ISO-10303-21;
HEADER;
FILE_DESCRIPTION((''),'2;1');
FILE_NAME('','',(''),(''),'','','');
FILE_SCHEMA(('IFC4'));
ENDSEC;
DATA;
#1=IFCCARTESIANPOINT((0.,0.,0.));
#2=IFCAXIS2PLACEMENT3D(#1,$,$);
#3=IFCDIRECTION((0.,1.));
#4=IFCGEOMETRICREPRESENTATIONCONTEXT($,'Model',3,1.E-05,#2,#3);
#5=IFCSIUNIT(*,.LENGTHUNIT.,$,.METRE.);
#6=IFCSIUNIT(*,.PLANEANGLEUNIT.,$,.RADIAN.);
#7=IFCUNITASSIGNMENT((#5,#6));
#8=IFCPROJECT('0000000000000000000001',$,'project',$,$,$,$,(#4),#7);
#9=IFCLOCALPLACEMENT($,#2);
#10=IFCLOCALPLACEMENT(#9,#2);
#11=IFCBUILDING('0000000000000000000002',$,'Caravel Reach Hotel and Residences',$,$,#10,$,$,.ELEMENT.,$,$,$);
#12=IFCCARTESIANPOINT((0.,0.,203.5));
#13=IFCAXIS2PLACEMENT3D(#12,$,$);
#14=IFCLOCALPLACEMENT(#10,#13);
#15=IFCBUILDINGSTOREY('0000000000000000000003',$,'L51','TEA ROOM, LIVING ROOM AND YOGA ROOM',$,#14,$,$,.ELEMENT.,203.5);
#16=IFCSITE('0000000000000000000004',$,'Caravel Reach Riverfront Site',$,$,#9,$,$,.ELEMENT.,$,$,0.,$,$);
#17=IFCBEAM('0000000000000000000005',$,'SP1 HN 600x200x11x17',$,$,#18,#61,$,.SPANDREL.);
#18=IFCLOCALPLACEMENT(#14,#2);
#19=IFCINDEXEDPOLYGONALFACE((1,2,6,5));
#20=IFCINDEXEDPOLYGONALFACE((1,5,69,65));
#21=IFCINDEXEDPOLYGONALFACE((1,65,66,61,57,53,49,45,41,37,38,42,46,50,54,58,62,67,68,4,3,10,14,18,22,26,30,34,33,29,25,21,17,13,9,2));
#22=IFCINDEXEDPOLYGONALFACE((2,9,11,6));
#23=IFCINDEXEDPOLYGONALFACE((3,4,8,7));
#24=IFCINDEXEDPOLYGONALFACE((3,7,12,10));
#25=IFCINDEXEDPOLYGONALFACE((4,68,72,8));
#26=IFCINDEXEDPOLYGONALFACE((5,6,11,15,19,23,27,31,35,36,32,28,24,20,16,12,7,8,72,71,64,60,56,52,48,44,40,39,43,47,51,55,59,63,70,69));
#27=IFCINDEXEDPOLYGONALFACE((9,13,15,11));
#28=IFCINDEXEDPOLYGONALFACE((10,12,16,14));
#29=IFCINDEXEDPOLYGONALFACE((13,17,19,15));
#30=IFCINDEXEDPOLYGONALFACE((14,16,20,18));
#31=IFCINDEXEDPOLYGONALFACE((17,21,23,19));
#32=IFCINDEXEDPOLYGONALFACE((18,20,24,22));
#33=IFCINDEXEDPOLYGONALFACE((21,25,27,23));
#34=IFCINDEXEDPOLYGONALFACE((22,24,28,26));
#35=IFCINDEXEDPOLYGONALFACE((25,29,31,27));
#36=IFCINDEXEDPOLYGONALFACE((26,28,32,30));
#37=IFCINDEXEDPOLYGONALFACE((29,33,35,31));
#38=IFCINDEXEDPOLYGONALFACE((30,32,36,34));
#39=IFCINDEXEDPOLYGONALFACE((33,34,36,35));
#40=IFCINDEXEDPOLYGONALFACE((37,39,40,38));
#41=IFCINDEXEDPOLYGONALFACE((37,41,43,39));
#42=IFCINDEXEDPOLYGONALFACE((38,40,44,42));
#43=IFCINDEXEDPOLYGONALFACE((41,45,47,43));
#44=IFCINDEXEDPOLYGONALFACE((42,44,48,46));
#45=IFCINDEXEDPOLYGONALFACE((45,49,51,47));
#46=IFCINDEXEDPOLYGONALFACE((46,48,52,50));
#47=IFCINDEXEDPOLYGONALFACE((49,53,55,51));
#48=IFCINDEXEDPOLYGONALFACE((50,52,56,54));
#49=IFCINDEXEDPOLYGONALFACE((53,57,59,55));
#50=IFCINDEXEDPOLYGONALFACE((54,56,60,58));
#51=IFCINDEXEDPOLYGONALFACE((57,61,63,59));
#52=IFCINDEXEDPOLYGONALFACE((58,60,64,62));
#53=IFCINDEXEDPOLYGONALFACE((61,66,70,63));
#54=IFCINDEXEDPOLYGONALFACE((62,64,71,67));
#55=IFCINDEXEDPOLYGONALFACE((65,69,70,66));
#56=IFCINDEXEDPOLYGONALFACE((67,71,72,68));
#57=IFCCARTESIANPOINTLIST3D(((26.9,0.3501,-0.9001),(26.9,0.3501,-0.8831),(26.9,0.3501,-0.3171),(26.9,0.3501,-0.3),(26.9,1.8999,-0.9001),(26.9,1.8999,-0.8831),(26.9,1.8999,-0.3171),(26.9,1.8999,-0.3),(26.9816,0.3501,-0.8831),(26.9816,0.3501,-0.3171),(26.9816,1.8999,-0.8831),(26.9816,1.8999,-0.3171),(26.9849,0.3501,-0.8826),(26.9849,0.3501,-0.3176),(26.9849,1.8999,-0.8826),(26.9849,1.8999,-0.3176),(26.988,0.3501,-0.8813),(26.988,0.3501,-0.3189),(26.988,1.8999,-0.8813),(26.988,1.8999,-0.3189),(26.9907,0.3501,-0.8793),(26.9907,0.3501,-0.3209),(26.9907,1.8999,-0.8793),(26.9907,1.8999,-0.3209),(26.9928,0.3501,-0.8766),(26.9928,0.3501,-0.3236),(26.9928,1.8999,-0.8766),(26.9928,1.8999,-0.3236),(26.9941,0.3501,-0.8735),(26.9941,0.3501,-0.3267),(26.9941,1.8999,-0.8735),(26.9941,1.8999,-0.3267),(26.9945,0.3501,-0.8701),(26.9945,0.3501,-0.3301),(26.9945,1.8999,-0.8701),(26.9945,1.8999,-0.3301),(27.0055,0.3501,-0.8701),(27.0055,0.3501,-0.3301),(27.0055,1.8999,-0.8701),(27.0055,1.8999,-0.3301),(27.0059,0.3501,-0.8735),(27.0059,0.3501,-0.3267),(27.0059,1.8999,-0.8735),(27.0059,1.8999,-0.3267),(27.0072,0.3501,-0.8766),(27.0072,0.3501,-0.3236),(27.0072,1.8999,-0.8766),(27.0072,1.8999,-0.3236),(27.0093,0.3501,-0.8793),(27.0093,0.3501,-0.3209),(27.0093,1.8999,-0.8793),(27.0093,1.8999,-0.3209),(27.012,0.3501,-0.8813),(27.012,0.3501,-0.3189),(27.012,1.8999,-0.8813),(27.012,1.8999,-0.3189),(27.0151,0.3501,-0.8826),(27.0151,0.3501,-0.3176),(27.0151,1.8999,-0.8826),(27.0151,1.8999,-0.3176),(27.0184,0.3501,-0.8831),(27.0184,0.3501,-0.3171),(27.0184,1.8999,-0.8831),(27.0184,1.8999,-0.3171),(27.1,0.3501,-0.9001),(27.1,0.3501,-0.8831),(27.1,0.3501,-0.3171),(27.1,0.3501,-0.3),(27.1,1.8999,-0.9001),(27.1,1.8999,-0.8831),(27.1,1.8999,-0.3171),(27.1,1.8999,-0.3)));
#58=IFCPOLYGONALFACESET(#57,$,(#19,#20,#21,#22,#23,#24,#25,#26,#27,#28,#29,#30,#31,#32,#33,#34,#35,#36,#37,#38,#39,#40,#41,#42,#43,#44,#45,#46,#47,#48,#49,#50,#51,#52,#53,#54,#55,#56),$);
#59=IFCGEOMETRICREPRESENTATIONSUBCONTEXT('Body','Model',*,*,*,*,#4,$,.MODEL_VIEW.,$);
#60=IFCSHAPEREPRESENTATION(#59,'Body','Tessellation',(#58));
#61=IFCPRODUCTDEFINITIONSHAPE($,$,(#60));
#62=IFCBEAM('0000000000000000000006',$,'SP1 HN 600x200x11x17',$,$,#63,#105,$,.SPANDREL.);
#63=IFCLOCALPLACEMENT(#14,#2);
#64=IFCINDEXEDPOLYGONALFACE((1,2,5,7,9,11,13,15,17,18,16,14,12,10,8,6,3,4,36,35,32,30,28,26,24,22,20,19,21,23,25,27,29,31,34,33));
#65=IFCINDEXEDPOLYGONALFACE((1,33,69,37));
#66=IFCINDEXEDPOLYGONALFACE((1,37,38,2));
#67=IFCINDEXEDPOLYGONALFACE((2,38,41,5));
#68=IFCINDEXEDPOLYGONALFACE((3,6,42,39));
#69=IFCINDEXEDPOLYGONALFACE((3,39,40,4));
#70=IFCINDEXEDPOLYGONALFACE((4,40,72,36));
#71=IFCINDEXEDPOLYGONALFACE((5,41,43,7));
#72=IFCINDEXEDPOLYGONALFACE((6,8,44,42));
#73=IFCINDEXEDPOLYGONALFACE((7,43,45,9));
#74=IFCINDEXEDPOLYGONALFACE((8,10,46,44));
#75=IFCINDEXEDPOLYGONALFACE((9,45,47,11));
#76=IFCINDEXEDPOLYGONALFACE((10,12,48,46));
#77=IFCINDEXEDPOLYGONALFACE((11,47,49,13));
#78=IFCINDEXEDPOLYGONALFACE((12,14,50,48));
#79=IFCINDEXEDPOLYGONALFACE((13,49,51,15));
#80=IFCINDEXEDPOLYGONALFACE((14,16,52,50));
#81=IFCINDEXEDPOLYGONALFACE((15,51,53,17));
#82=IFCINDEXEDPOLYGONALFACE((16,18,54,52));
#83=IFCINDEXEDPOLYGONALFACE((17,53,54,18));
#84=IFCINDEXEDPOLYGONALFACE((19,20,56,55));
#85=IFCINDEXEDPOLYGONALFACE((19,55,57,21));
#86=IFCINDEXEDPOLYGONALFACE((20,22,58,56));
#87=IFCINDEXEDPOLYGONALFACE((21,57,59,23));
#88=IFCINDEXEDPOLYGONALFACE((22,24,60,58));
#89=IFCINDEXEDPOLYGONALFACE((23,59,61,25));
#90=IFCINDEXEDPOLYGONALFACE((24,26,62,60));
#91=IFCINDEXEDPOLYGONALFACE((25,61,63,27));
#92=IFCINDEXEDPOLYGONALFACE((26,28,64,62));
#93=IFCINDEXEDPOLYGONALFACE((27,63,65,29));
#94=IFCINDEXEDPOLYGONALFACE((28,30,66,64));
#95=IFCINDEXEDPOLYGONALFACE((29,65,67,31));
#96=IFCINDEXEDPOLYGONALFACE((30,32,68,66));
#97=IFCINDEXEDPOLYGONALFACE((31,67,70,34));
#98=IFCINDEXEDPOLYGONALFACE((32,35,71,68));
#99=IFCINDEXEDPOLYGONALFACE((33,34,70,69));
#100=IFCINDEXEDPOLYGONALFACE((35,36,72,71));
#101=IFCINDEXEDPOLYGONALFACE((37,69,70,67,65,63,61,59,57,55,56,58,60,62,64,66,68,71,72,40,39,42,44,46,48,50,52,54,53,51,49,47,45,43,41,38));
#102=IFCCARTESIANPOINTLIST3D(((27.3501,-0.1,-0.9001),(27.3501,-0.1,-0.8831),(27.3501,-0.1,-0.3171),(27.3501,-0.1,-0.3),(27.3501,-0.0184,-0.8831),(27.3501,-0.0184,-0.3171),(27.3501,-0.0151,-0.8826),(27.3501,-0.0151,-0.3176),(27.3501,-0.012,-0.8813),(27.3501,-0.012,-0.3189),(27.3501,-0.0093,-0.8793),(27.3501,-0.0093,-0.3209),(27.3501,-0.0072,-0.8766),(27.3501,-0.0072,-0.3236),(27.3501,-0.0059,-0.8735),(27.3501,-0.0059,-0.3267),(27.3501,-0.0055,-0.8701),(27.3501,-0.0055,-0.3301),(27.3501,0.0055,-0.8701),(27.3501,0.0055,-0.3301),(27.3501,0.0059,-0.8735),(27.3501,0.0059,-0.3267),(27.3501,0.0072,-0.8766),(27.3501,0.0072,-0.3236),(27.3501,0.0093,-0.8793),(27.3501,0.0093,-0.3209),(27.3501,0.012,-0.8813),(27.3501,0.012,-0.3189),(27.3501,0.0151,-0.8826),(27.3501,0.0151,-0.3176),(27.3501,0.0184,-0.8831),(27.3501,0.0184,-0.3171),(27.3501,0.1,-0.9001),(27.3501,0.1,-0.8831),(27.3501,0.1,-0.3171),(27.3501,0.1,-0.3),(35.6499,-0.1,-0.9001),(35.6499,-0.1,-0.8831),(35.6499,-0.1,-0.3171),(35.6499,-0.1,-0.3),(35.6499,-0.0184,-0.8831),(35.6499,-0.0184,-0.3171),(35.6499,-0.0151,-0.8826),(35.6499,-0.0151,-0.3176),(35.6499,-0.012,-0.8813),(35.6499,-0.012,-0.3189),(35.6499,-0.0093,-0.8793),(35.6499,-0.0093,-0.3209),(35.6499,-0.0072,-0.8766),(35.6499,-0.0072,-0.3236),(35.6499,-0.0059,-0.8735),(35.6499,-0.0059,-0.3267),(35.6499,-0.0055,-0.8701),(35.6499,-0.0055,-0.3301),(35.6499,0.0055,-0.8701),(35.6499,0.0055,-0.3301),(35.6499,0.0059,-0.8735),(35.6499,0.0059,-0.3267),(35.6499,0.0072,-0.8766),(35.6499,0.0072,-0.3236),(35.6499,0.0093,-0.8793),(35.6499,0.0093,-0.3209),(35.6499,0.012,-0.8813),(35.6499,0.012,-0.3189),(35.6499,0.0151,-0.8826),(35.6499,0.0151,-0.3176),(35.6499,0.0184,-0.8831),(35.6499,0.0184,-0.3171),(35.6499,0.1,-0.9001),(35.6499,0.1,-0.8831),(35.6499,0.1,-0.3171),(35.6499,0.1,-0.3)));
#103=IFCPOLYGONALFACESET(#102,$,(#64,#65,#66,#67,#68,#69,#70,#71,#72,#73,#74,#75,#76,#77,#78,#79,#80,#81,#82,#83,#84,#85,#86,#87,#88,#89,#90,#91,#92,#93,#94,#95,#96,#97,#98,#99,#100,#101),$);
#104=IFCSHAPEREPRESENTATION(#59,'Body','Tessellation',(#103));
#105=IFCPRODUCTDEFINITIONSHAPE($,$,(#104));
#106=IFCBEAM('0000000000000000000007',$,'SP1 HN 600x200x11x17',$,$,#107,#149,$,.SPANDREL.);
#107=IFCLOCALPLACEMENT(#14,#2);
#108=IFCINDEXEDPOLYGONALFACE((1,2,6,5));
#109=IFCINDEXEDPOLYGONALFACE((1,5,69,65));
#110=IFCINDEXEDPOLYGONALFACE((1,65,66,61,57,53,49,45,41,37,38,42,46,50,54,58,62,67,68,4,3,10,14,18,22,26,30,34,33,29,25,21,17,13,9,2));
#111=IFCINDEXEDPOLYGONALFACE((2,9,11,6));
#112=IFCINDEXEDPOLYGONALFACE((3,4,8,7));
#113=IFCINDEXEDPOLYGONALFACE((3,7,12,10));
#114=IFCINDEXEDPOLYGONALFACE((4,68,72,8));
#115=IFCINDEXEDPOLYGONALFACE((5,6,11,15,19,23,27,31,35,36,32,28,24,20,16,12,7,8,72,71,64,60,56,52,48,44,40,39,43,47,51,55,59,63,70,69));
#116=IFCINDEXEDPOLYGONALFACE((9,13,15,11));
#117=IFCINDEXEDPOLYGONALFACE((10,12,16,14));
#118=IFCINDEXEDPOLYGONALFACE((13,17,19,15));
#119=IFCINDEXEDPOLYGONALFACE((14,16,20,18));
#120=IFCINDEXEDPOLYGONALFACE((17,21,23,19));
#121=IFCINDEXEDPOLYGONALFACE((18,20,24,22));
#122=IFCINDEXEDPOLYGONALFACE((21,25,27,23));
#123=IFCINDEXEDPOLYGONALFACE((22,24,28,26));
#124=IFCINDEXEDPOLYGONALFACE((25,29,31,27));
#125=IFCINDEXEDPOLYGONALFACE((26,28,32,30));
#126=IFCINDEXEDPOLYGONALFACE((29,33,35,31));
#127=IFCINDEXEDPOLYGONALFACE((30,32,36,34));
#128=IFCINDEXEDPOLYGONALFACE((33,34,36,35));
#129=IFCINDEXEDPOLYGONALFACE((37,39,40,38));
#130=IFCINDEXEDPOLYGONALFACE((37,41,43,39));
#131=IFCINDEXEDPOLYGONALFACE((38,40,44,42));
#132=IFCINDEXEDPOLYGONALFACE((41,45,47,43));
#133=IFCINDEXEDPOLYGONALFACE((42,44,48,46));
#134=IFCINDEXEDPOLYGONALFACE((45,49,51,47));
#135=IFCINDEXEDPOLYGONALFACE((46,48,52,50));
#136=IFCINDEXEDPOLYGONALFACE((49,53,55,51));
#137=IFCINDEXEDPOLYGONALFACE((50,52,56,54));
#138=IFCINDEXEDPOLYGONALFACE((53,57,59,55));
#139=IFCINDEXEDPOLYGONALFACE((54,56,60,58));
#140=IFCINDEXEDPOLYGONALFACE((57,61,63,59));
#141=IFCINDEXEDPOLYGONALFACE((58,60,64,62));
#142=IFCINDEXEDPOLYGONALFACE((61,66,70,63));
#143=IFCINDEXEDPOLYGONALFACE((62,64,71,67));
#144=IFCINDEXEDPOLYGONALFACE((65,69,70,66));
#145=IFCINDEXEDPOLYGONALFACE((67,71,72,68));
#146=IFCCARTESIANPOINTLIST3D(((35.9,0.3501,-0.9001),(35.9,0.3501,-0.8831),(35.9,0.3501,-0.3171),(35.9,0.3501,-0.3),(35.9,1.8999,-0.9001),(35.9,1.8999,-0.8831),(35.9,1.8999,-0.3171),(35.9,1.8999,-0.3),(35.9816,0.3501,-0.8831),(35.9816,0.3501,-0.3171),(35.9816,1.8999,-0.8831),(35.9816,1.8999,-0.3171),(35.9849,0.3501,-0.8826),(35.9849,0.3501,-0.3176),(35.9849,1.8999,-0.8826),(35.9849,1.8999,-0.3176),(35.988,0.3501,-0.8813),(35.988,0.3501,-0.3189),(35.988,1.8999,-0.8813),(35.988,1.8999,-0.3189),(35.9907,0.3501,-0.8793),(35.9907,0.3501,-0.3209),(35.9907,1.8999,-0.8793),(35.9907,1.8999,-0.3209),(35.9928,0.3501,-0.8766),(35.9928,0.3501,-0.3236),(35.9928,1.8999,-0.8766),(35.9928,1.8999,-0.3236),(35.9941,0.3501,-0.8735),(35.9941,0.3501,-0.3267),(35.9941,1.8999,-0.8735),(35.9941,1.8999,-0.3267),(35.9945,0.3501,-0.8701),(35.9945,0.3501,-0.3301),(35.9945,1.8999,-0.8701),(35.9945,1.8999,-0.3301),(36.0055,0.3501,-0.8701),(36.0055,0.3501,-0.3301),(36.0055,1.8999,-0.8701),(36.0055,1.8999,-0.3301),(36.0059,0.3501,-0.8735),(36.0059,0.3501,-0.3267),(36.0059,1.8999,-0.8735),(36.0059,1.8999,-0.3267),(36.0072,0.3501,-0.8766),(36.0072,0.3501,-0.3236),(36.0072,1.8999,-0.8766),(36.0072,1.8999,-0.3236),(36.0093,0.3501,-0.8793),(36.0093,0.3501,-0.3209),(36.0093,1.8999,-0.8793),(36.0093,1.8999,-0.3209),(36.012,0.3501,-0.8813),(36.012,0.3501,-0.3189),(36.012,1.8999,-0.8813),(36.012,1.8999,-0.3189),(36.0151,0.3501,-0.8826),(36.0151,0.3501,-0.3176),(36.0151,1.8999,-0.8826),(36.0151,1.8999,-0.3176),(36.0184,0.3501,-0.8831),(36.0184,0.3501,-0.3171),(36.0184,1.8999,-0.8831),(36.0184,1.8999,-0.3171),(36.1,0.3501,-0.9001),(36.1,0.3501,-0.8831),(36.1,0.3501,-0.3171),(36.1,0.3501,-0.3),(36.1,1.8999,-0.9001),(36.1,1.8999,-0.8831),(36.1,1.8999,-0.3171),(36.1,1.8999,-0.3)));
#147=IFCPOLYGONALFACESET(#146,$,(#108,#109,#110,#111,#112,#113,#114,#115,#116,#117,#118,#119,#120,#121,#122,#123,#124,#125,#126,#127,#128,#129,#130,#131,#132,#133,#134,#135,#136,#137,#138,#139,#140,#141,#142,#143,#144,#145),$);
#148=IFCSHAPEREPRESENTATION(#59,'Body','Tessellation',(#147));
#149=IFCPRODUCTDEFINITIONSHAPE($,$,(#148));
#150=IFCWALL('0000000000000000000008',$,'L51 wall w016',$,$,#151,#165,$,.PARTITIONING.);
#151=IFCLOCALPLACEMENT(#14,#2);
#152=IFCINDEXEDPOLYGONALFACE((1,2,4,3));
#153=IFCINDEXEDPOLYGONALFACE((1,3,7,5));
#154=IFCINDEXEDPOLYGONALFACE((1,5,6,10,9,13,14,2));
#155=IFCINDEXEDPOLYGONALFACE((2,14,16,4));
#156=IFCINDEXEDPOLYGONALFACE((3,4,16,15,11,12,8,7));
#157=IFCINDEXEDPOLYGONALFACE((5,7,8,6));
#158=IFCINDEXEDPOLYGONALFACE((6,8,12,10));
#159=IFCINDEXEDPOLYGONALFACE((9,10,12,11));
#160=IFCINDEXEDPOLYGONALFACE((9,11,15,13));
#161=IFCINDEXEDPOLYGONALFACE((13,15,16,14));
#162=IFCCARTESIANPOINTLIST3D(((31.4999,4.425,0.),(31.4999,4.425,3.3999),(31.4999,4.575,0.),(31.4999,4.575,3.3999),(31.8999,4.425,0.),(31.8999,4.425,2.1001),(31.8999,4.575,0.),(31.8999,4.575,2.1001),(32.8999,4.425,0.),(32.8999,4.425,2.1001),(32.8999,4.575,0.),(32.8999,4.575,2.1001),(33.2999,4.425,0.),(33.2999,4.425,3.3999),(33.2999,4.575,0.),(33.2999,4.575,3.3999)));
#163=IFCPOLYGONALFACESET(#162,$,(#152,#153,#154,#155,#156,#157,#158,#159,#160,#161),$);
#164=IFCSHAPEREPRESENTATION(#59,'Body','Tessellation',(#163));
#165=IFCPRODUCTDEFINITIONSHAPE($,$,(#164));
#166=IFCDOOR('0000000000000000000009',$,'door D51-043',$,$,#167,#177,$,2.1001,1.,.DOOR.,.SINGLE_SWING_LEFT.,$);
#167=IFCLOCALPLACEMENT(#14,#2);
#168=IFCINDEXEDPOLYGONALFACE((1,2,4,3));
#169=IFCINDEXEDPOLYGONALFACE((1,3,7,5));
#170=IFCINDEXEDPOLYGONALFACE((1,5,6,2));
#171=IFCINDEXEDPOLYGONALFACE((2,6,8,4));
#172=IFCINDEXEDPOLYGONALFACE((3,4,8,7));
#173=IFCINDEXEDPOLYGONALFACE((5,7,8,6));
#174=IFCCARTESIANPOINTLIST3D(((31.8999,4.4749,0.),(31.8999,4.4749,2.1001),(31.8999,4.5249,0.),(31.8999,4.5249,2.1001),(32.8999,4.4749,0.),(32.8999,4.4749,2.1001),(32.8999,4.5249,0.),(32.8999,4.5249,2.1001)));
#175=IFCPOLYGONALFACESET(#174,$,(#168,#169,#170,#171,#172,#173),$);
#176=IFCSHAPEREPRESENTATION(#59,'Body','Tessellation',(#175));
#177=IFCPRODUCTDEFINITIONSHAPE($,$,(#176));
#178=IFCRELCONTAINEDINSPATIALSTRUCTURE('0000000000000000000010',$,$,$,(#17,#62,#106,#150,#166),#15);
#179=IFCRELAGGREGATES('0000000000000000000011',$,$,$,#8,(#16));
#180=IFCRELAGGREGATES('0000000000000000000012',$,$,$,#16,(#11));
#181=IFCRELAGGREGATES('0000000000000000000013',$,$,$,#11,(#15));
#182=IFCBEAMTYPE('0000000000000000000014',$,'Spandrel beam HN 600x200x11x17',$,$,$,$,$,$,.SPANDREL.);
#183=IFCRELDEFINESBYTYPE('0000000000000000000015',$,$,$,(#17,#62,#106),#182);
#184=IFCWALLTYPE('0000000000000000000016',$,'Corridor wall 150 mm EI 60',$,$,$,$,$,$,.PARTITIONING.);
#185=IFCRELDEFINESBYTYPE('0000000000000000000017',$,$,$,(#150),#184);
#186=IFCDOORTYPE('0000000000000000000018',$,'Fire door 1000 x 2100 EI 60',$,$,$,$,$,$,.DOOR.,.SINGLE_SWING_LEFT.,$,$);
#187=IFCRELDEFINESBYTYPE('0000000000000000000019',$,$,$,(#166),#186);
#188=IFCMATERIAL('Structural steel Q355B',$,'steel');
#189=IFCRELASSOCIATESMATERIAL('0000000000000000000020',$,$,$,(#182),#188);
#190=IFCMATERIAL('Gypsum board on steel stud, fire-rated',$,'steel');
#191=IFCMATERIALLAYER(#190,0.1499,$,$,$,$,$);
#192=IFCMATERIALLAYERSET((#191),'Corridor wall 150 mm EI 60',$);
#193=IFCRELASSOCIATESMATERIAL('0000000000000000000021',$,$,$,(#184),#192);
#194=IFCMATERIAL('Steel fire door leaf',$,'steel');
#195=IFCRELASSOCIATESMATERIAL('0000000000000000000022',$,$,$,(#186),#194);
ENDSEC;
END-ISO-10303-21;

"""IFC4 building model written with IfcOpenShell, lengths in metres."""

from ifc_helpers import new_model, si_unit, direction, frame, frame_2d, origin, origin_2d, place, context, subcontext, project, spatial, rectangle, i_section, extrude, material, layer, layer_set, material_profile, profile_set, type_object, element, fill, save


model = new_model("IFC4")

# Units and contexts
model_context = context("Model", 3, precision=1e-05, world=origin(), true_north=direction((0.0, 1.0)))
body_context = subcontext(model_context, "Body", "Model", "MODEL_VIEW")
ifc_project = project(units=[si_unit("LENGTHUNIT", "METRE"), si_unit("PLANEANGLEUNIT", "RADIAN")], contexts=[model_context])

# Site, building, storey
site_placement = place(None, origin())
site = spatial("IfcSite", under=ifc_project, at=site_placement, Name="Caravel Reach Riverfront Site", CompositionType="ELEMENT", RefElevation=0.0)
building_placement = place(site_placement, origin())
building = spatial("IfcBuilding", under=site, at=building_placement, Name="Caravel Reach Hotel and Residences", CompositionType="ELEMENT")
storey_placement = place(building_placement, frame((0.0, 0.0, 203.5)))
storey = spatial("IfcBuildingStorey", under=building, at=storey_placement, Name="L51", Description="TEA ROOM, LIVING ROOM AND YOGA ROOM", CompositionType="ELEMENT", Elevation=203.5)

# Beams
ifc_material_1 = material(Name="Structural steel Q355B", Category="steel")
ifc_material_profile_1 = material_profile(ifc_material_1, i_section(OverallWidth=0.2, OverallDepth=0.6001, WebThickness=0.011, FlangeThickness=0.0171, FilletRadius=0.0129, at=origin_2d()), Name="HN 600x200x11x17")
ifc_profile_set_1 = profile_set([ifc_material_profile_1], Name="Structural steel Q355B")
beam_type = type_object("IfcBeamType", Name="Spandrel beam HN 600x200x11x17", PredefinedType="SPANDREL", material=ifc_profile_set_1)
for number, where, z_axis, x_axis, name in (
    (1, (27.0, 1.8999, -0.6001), (0.0, -1.0, 0.0), (1.0, 0.0, 0.0), "SP1 HN 600x200x11x17"),
):
    element("IfcBeam", number, at=place(storey_placement, frame(where, z_axis=z_axis, x_axis=x_axis)), inside=storey, type_object=beam_type, Name=name, PredefinedType="SPANDREL", context=body_context, shape_type="SweptSolid", body=[
        extrude(i_section(OverallWidth=0.2, OverallDepth=0.6001, WebThickness=0.011, FlangeThickness=0.0171, FilletRadius=0.0129, at=origin_2d()), origin(), (0.0, 0.0, 1.0), 1.5498),
    ])
beam_1_placement = place(storey_placement, frame((27.3501, 0.0, -0.6001), z_axis=(1.0, 0.0, 0.0), x_axis=(0.0, 1.0, 0.0)))
element("IfcBeam", 2, at=beam_1_placement, inside=storey, type_object=beam_type, Name="SP1 HN 600x200x11x17", PredefinedType="SPANDREL", context=body_context, shape_type="SweptSolid", body=[
    extrude(i_section(OverallWidth=0.2, OverallDepth=0.6001, WebThickness=0.011, FlangeThickness=0.0171, FilletRadius=0.0129, at=origin_2d()), origin(), (0.0, 0.0, 1.0), 8.2998),
])
beam_2_placement = place(storey_placement, frame((36.0, 0.3501, -0.6001), z_axis=(0.0, 1.0, 0.0), x_axis=(-1.0, 0.0, 0.0)))
element("IfcBeam", 3, at=beam_2_placement, inside=storey, type_object=beam_type, Name="SP1 HN 600x200x11x17", PredefinedType="SPANDREL", context=body_context, shape_type="SweptSolid", body=[
    extrude(i_section(OverallWidth=0.2, OverallDepth=0.6001, WebThickness=0.011, FlangeThickness=0.0171, FilletRadius=0.0129, at=origin_2d()), origin(), (0.0, 0.0, 1.0), 1.5498),
])

# Wall, opening, door
ifc_material_2 = material(Name="Gypsum board on steel stud, fire-rated", Category="steel")
ifc_layer_1 = layer(ifc_material_2, 0.1499)
ifc_layer_set_1 = layer_set([ifc_layer_1], Name="Corridor wall 150 mm EI 60")
wall_type_1 = type_object("IfcWallType", Name="Corridor wall 150 mm EI 60", PredefinedType="PARTITIONING", material=ifc_layer_set_1)
wall_1_placement = place(storey_placement, frame((31.5, 4.5, 0.0), z_axis=(0.0, 0.0, 1.0), x_axis=(1.0, 0.0, 0.0)))
wall_1 = element("IfcWall", 4, at=wall_1_placement, inside=storey, type_object=wall_type_1, Name="L51 wall w016", PredefinedType="PARTITIONING", context=body_context, shape_type="SweptSolid", body=[
    extrude(rectangle(XDim=1.8, YDim=0.1499, at=frame_2d((0.8999, 0.0))), origin(), (0.0, 0.0, 1.0), 3.3999),
])
opening_1_placement = place(wall_1_placement, frame((0.3999, 0.0, 0.0)))
opening_1 = element("IfcOpeningElement", 5, at=opening_1_placement, cuts=wall_1, PredefinedType="OPENING", context=body_context, shape_type="SweptSolid", body=[
    extrude(rectangle(XDim=1.0, YDim=2.1001, at=frame_2d((0.5, 1.05))), frame((0.0, 0.085, 0.0), z_axis=(0.0, -1.0, 0.0), x_axis=(1.0, 0.0, 0.0)), (0.0, 0.0, 1.0), 0.1699),
])
ifc_material_3 = material(Name="Steel fire door leaf", Category="steel")
door_type_1 = type_object("IfcDoorType", Name="Fire door 1000 x 2100 EI 60", OperationType="SINGLE_SWING_LEFT", PredefinedType="DOOR", material=ifc_material_3)
door_1_placement = place(opening_1_placement, origin())
door_1 = element("IfcDoor", 6, at=door_1_placement, inside=storey, type_object=door_type_1, Name="door D51-043", OperationType="SINGLE_SWING_LEFT", OverallHeight=2.1001, OverallWidth=1.0, PredefinedType="DOOR", context=body_context, shape_type="SweptSolid", body=[
    extrude(rectangle(XDim=1.0, YDim=2.1001, at=frame_2d((0.5, 1.05))), frame((0.0, 0.0249, 0.0), z_axis=(0.0, -1.0, 0.0), x_axis=(1.0, 0.0, 0.0)), (0.0, 0.0, 1.0), 0.05),
])
fill(opening_1, door_1)

save(model, "model.ifc")
